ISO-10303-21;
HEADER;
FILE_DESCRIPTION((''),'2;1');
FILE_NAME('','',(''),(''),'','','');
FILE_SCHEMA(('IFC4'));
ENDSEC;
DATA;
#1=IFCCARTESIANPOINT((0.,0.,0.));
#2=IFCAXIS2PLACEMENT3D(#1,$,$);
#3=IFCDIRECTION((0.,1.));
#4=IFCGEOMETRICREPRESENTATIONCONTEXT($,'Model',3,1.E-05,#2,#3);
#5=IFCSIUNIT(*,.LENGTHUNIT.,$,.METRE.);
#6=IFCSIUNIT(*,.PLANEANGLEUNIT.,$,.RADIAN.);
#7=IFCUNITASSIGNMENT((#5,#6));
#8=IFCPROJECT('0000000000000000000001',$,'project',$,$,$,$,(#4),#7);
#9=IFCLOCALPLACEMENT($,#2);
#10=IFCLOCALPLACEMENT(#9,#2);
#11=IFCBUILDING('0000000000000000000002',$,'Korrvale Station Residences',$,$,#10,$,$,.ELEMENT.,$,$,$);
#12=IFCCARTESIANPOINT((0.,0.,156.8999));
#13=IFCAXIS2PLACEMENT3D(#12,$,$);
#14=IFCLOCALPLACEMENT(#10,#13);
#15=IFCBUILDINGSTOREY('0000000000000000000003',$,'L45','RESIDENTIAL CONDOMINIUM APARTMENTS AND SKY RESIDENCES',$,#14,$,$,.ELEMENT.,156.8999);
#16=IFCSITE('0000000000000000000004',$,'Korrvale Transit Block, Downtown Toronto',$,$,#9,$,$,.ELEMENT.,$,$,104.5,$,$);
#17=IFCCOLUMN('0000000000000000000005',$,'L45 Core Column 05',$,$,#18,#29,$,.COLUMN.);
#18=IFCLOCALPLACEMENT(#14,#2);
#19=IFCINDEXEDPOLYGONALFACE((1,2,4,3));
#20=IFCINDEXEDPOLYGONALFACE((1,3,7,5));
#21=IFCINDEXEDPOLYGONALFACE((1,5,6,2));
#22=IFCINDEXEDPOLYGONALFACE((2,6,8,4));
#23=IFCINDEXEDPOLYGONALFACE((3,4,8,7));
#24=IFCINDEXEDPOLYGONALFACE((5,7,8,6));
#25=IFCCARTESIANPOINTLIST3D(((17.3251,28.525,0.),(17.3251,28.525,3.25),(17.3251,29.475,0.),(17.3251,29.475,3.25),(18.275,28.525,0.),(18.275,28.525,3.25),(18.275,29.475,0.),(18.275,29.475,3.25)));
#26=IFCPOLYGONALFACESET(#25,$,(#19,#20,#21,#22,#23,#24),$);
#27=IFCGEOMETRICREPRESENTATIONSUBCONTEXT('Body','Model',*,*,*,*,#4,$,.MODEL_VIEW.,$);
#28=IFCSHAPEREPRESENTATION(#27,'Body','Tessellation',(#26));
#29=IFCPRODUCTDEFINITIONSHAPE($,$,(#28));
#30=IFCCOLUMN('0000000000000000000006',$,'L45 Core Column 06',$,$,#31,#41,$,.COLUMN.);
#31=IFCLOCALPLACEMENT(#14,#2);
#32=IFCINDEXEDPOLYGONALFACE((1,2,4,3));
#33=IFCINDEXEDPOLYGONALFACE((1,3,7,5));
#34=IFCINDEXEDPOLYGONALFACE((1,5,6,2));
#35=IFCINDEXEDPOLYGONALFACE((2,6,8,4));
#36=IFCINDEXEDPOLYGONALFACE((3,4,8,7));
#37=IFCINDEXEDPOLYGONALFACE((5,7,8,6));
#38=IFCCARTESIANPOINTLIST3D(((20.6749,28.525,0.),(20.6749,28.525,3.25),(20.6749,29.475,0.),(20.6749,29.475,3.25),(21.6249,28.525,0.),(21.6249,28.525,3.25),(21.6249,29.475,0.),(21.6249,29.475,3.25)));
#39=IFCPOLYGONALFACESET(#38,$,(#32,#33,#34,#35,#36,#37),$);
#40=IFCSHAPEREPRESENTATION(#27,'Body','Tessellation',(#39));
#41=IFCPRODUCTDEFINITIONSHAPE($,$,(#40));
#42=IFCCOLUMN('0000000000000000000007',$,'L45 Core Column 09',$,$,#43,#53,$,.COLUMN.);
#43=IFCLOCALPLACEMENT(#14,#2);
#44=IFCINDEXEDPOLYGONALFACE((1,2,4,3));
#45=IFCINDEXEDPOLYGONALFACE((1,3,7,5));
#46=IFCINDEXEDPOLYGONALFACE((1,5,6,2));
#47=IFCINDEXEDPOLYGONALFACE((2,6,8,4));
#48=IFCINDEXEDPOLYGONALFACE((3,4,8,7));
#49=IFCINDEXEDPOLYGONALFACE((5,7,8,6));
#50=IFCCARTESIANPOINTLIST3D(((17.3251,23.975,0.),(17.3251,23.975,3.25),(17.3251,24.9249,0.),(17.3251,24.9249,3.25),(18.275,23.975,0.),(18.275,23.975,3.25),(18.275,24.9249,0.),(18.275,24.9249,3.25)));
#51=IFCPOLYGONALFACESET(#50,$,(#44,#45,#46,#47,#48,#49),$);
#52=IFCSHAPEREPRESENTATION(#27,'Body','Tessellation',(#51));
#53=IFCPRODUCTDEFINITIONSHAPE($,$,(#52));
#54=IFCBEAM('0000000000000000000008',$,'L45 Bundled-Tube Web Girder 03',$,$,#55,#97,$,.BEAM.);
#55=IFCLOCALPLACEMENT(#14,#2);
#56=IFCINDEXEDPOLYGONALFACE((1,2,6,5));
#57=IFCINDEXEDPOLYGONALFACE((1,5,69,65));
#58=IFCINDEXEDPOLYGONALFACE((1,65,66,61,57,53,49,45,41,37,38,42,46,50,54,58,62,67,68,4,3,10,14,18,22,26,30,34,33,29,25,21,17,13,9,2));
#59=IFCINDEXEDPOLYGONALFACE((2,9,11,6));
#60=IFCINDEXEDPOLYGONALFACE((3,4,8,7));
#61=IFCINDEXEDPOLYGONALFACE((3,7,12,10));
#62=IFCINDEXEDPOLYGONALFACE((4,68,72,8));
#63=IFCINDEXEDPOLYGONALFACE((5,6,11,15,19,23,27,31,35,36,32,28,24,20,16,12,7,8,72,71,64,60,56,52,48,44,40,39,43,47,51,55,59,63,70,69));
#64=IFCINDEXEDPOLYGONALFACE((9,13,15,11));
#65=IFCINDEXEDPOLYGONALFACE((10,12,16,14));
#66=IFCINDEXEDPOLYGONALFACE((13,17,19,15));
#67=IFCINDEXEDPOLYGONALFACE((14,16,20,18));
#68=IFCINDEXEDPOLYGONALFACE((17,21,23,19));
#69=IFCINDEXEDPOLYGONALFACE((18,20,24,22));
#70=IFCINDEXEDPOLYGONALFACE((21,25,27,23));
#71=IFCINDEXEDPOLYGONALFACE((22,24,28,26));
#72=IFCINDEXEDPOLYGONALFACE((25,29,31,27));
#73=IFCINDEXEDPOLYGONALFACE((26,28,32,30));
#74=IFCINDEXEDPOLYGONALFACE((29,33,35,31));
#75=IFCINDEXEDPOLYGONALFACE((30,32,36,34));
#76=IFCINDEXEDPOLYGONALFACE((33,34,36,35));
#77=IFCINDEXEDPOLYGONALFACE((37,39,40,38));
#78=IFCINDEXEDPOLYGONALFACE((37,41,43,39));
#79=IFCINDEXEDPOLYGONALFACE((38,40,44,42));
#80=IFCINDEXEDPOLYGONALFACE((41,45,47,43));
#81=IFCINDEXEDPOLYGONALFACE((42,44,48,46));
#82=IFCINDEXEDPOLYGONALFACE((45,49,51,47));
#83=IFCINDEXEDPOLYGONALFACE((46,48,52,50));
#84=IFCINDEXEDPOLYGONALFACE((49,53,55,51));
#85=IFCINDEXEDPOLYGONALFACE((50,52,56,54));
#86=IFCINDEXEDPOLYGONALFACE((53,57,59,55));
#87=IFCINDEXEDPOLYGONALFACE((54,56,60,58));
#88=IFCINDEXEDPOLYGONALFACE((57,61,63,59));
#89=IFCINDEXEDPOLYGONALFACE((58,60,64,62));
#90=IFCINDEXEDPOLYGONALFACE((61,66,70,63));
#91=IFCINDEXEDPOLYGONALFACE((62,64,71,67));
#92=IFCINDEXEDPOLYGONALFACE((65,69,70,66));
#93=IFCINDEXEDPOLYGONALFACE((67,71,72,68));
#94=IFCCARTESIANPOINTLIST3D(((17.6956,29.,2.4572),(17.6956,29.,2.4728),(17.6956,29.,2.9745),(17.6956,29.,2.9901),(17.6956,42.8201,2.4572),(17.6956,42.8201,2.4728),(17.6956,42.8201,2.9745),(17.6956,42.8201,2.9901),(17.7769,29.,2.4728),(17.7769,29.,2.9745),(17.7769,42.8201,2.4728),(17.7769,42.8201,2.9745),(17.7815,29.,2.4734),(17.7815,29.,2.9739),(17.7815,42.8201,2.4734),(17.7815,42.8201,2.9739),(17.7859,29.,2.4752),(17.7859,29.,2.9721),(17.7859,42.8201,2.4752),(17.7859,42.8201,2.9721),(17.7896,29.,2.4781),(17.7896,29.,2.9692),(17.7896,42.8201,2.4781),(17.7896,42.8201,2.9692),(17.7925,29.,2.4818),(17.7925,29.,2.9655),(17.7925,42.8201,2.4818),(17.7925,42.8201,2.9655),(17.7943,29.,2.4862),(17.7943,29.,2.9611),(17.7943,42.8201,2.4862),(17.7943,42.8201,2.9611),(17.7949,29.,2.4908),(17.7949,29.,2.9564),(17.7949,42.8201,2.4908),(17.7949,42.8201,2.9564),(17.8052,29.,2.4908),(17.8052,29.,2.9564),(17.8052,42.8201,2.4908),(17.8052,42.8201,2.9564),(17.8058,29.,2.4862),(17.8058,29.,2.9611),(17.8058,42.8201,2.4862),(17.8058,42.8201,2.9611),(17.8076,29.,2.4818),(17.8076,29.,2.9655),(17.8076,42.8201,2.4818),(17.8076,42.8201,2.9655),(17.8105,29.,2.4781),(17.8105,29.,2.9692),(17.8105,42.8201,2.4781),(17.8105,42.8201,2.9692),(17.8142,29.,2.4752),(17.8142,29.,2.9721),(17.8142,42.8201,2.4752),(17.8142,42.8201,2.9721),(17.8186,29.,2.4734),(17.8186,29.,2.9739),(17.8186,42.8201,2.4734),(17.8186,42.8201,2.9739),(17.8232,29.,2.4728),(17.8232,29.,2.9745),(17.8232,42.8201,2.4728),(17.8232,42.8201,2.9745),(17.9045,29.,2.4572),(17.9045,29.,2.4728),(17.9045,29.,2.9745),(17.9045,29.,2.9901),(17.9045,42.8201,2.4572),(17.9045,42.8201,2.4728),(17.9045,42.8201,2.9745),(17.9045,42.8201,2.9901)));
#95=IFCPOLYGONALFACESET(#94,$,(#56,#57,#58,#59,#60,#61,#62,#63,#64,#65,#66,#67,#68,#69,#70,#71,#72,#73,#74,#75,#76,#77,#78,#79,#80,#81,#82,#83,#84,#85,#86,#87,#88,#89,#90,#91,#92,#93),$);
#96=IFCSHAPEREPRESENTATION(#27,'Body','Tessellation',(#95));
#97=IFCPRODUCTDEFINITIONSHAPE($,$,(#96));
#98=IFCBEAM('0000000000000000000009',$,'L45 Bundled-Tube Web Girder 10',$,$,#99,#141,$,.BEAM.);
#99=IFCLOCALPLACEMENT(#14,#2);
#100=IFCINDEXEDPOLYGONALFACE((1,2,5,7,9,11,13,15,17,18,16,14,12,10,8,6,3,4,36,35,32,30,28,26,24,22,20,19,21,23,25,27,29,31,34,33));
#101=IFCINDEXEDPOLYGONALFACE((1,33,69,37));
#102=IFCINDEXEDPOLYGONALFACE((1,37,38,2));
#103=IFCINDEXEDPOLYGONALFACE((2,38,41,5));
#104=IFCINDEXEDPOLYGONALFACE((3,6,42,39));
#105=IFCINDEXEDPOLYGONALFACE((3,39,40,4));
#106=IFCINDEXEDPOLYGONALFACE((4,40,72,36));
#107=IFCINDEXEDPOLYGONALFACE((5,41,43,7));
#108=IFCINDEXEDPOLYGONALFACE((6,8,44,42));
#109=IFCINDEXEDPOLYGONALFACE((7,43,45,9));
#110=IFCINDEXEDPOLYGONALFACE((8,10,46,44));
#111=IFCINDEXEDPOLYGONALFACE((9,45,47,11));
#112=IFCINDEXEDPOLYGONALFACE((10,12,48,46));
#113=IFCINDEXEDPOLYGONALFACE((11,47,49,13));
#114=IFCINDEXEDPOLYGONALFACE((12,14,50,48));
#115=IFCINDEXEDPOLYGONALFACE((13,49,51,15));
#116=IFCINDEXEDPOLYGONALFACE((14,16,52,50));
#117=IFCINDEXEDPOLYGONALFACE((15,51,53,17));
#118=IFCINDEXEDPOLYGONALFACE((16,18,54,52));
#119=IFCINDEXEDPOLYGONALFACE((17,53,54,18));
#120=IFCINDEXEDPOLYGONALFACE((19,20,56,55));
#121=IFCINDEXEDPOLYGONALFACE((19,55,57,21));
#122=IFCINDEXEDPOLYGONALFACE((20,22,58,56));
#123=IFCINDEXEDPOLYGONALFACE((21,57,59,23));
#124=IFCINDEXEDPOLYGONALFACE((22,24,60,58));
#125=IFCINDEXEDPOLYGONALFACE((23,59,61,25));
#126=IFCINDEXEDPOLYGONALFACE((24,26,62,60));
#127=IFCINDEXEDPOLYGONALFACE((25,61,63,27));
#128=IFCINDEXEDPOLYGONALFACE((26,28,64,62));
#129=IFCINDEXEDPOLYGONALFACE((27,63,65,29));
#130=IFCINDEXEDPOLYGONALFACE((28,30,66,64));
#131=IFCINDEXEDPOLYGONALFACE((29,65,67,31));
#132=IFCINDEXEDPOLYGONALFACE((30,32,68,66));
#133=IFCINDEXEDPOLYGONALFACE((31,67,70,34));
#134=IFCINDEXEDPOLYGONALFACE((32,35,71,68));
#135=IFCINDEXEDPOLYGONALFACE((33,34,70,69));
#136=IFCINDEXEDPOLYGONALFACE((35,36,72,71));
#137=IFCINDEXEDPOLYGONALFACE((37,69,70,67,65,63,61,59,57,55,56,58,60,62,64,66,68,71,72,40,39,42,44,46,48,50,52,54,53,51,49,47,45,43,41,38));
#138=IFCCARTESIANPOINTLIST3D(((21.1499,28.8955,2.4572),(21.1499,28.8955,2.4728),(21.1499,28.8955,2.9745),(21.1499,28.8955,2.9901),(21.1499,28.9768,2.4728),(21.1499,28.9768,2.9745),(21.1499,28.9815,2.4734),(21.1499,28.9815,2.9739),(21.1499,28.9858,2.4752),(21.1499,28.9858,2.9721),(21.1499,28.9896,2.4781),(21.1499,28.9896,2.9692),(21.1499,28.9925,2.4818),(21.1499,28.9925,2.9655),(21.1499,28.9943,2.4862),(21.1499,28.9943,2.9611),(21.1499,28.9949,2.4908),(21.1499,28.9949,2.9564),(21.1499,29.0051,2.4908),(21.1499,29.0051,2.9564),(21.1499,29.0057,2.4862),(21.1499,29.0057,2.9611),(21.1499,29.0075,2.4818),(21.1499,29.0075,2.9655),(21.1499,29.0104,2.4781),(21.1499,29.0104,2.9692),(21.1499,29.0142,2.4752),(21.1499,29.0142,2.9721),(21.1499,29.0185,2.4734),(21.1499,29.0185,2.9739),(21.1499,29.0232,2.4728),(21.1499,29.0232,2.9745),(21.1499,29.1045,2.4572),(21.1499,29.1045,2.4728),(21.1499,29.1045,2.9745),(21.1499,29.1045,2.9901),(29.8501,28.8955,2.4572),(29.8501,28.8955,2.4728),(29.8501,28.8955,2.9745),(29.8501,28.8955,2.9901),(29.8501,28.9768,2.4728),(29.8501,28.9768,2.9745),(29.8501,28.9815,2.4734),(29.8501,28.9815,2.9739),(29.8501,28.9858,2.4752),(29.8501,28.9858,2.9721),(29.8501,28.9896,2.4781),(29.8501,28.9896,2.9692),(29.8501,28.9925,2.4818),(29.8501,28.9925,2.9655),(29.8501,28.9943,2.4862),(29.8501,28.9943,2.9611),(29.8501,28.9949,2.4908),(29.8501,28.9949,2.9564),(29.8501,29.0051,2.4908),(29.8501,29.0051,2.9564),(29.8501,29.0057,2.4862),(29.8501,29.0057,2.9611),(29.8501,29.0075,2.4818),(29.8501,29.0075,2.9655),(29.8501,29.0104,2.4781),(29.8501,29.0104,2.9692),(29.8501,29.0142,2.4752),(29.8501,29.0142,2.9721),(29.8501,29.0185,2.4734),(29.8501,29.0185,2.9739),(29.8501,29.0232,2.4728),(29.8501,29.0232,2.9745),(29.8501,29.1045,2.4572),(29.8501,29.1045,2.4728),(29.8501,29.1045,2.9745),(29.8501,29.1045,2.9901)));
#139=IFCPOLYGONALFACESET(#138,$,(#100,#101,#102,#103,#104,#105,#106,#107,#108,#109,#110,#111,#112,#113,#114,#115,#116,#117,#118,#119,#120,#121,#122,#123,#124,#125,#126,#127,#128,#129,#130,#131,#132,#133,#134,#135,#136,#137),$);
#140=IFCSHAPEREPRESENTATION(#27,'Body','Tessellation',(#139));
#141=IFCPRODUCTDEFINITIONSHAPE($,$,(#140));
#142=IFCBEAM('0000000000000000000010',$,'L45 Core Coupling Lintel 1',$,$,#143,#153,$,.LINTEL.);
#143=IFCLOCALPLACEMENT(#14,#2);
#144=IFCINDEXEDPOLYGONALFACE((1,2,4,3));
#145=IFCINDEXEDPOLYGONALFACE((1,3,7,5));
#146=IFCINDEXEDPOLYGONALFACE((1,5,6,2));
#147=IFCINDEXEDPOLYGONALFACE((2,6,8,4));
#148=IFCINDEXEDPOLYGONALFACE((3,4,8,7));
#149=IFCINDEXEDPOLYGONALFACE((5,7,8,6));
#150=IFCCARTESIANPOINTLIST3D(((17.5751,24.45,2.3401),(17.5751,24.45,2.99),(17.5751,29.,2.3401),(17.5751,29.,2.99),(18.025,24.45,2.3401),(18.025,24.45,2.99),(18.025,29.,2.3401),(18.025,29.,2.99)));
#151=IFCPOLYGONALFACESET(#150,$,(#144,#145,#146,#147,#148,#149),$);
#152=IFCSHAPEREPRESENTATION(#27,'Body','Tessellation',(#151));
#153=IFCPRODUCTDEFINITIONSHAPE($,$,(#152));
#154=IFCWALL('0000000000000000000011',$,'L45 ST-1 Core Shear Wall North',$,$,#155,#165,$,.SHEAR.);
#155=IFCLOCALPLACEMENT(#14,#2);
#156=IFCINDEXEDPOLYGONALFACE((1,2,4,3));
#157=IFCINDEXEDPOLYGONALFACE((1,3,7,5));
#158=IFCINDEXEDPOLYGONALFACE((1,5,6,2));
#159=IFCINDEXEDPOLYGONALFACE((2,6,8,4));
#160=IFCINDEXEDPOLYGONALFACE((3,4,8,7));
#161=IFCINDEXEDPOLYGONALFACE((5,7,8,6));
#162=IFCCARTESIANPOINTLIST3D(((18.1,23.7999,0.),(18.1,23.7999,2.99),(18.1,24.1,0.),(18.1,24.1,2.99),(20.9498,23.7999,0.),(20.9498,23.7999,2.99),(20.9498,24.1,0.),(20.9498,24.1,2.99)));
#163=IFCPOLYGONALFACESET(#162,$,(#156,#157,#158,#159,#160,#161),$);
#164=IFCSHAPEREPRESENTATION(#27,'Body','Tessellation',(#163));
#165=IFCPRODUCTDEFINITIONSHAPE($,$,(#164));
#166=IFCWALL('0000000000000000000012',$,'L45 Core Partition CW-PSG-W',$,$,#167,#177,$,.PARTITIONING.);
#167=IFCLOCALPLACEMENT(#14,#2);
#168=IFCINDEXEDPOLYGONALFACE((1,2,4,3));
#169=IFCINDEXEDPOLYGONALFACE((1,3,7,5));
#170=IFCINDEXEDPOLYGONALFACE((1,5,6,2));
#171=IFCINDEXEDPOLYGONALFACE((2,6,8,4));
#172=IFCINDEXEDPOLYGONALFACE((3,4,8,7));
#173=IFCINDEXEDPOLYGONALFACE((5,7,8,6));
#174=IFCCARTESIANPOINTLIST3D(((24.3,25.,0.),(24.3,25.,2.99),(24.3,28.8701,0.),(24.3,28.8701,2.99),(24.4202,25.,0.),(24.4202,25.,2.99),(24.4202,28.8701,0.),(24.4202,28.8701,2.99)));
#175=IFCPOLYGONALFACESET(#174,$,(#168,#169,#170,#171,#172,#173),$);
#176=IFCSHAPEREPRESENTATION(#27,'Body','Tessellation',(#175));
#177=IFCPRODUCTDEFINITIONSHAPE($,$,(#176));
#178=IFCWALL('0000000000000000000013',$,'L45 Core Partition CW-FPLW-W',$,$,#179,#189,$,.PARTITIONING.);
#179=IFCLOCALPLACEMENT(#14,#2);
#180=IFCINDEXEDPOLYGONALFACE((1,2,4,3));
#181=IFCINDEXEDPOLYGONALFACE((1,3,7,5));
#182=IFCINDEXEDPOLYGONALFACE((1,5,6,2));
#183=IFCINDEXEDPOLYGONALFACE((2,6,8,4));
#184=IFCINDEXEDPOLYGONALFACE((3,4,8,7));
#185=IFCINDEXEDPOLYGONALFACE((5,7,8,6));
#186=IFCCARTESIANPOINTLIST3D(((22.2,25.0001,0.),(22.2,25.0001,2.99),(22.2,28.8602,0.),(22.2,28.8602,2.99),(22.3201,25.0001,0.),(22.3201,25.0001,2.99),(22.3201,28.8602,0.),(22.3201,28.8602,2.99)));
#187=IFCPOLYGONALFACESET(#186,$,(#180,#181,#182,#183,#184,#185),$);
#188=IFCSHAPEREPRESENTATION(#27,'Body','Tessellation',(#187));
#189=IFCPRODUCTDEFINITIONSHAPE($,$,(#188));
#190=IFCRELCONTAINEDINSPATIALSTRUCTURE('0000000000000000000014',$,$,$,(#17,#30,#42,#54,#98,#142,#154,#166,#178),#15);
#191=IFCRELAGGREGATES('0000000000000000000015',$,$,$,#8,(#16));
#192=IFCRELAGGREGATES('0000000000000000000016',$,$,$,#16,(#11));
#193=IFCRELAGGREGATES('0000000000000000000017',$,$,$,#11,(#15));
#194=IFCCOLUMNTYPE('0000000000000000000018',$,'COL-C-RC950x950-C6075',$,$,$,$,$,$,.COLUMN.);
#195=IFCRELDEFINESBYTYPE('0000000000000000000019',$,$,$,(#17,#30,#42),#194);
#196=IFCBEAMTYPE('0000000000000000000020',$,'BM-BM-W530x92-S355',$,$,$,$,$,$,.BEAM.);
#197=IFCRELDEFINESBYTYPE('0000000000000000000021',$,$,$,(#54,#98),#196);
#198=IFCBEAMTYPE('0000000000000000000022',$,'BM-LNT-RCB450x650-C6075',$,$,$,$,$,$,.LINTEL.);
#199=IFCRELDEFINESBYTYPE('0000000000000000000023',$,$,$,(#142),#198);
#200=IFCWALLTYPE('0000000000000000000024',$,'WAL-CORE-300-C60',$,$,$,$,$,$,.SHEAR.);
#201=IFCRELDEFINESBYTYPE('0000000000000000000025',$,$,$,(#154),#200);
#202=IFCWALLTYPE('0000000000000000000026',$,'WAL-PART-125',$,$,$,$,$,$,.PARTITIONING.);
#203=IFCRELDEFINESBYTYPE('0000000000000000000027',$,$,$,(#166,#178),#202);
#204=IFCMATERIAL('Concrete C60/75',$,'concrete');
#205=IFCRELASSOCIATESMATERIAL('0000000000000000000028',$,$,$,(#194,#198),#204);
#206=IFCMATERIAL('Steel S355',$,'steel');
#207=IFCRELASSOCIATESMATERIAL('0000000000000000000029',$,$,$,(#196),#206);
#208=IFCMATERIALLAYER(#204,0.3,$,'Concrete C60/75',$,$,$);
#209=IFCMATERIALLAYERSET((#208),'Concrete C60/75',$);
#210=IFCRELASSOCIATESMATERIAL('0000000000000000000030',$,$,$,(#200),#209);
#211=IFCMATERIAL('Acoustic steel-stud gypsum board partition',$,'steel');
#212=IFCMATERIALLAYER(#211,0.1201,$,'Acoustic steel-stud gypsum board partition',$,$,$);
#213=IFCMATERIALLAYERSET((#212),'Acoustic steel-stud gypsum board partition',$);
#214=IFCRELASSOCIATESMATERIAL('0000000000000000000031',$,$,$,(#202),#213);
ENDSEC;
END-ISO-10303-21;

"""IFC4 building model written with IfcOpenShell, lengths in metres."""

from ifc_helpers import new_model, si_unit, direction, frame, frame_2d, origin, origin_2d, place, context, subcontext, project, spatial, rectangle, i_section, extrude, material, layer, layer_set, material_profile, profile_set, type_object, element, save


model = new_model("IFC4")

# Units and contexts
model_context = context("Model", 3, precision=1e-05, world=origin(), true_north=direction((0.0, 1.0)))
body_context = subcontext(model_context, "Body", "Model", "MODEL_VIEW")
ifc_project = project(units=[si_unit("LENGTHUNIT", "METRE"), si_unit("PLANEANGLEUNIT", "RADIAN")], contexts=[model_context])

# Site, building, storey
site_placement = place(None, origin())
site = spatial("IfcSite", under=ifc_project, at=site_placement, Name="Korrvale Transit Block, Downtown Toronto", CompositionType="ELEMENT", RefElevation=104.5)
building_placement = place(site_placement, origin())
building = spatial("IfcBuilding", under=site, at=building_placement, Name="Korrvale Station Residences", CompositionType="ELEMENT")
storey_placement = place(building_placement, frame((0.0, 0.0, 156.8999)))
storey = spatial("IfcBuildingStorey", under=building, at=storey_placement, Name="L45", Description="RESIDENTIAL CONDOMINIUM APARTMENTS AND SKY RESIDENCES", CompositionType="ELEMENT", Elevation=156.8999)

# Columns
ifc_material_1 = material(Name="Concrete C60/75", Category="concrete")
ifc_material_profile_1 = material_profile(ifc_material_1, rectangle(XDim=0.95, YDim=0.95, at=origin_2d()), Name="RC950x950")
ifc_profile_set_1 = profile_set([ifc_material_profile_1], Name="Concrete C60/75")
column_type = type_object("IfcColumnType", Name="COL-C-RC950x950-C6075", PredefinedType="COLUMN", material=ifc_profile_set_1)
for number, where, z_axis, x_axis, name in (
    (1, (17.8, 29.0, 0.0), (0.0, 0.0, 1.0), (1.0, 0.0, 0.0), "L45 Core Column 05"),
    (2, (21.1499, 29.0, 0.0), (0.0, 0.0, 1.0), (1.0, 0.0, 0.0), "L45 Core Column 06"),
    (3, (17.8, 24.45, 0.0), (0.0, 0.0, 1.0), (1.0, 0.0, 0.0), "L45 Core Column 09"),
):
    element("IfcColumn", number, at=place(storey_placement, frame(where, z_axis=z_axis, x_axis=x_axis)), inside=storey, type_object=column_type, Name=name, PredefinedType="COLUMN", context=body_context, shape_type="SweptSolid", body=[
        extrude(rectangle(XDim=0.95, YDim=0.95, at=origin_2d()), origin(), (0.0, 0.0, 1.0), 3.25),
    ])

# Beams
ifc_material_2 = material(Name="Steel S355", Category="steel")
ifc_material_profile_2 = material_profile(ifc_material_2, i_section(OverallWidth=0.209, OverallDepth=0.533, WebThickness=0.0103, FlangeThickness=0.0156, FilletRadius=0.0181, at=origin_2d()), Name="W530x92")
ifc_profile_set_2 = profile_set([ifc_material_profile_2], Name="Steel S355")
beam_type_1 = type_object("IfcBeamType", Name="BM-BM-W530x92-S355", PredefinedType="BEAM", material=ifc_profile_set_2)
beam_1_placement = place(storey_placement, frame((17.8, 29.0, 2.7236), z_axis=(0.0, 1.0, 0.0), x_axis=(-1.0, 0.0, 0.0)))
element("IfcBeam", 4, at=beam_1_placement, inside=storey, type_object=beam_type_1, Name="L45 Bundled-Tube Web Girder 03", PredefinedType="BEAM", context=body_context, shape_type="SweptSolid", body=[
    extrude(i_section(OverallWidth=0.209, OverallDepth=0.533, WebThickness=0.0103, FlangeThickness=0.0156, FilletRadius=0.0181, at=origin_2d()), origin(), (0.0, 0.0, 1.0), 13.8201),
])
beam_2_placement = place(storey_placement, frame((21.1499, 29.0, 2.7236), z_axis=(1.0, 0.0, 0.0), x_axis=(0.0, 1.0, 0.0)))
element("IfcBeam", 5, at=beam_2_placement, inside=storey, type_object=beam_type_1, Name="L45 Bundled-Tube Web Girder 10", PredefinedType="BEAM", context=body_context, shape_type="SweptSolid", body=[
    extrude(i_section(OverallWidth=0.209, OverallDepth=0.533, WebThickness=0.0103, FlangeThickness=0.0156, FilletRadius=0.0181, at=origin_2d()), origin(), (0.0, 0.0, 1.0), 8.7002),
])
ifc_material_profile_3 = material_profile(ifc_material_1, rectangle(XDim=0.45, YDim=0.6499, at=origin_2d()), Name="RCB450x650")
ifc_profile_set_3 = profile_set([ifc_material_profile_3], Name="Concrete C60/75")
beam_type_2 = type_object("IfcBeamType", Name="BM-LNT-RCB450x650-C6075", PredefinedType="LINTEL", material=ifc_profile_set_3)
beam_3_placement = place(storey_placement, frame((17.8, 24.45, 2.665), z_axis=(0.0, 1.0, 0.0), x_axis=(-1.0, 0.0, 0.0)))
element("IfcBeam", 6, at=beam_3_placement, inside=storey, type_object=beam_type_2, Name="L45 Core Coupling Lintel 1", PredefinedType="LINTEL", context=body_context, shape_type="SweptSolid", body=[
    extrude(rectangle(XDim=0.45, YDim=0.6499, at=origin_2d()), origin(), (0.0, 0.0, 1.0), 4.55),
])

# Walls
ifc_layer_1 = layer(ifc_material_1, 0.3, Name="Concrete C60/75")
ifc_layer_set_1 = layer_set([ifc_layer_1], Name="Concrete C60/75")
wall_type_1 = type_object("IfcWallType", Name="WAL-CORE-300-C60", PredefinedType="SHEAR", material=ifc_layer_set_1)
wall_1_placement = place(storey_placement, frame((18.1001, 23.95, 0.0), z_axis=(0.0, 0.0, 1.0), x_axis=(1.0, 0.0, 0.0)))
element("IfcWall", 7, at=wall_1_placement, inside=storey, type_object=wall_type_1, Name="L45 ST-1 Core Shear Wall North", PredefinedType="SHEAR", context=body_context, shape_type="SweptSolid", body=[
    extrude(rectangle(XDim=2.8499, YDim=0.3, at=frame_2d((1.4248, 0.0))), origin(), (0.0, 0.0, 1.0), 2.99),
])
ifc_material_3 = material(Name="Acoustic steel-stud gypsum board partition", Category="steel")
ifc_layer_2 = layer(ifc_material_3, 0.1201, Name="Acoustic steel-stud gypsum board partition")
ifc_layer_set_2 = layer_set([ifc_layer_2], Name="Acoustic steel-stud gypsum board partition")
wall_type_2 = type_object("IfcWallType", Name="WAL-PART-125", PredefinedType="PARTITIONING", material=ifc_layer_set_2)
wall_2_placement = place(storey_placement, frame((24.3601, 25.0, 0.0), z_axis=(0.0, 0.0, 1.0), x_axis=(0.0, 1.0, 0.0)))
element("IfcWall", 8, at=wall_2_placement, inside=storey, type_object=wall_type_2, Name="L45 Core Partition CW-PSG-W", PredefinedType="PARTITIONING", context=body_context, shape_type="SweptSolid", body=[
    extrude(rectangle(XDim=3.8701, YDim=0.1201, at=frame_2d((1.9351, 0.0))), origin(), (0.0, 0.0, 1.0), 2.99),
])
wall_3_placement = place(storey_placement, frame((22.26, 25.0, 0.0), z_axis=(0.0, 0.0, 1.0), x_axis=(0.0, 1.0, 0.0)))
element("IfcWall", 9, at=wall_3_placement, inside=storey, type_object=wall_type_2, Name="L45 Core Partition CW-FPLW-W", PredefinedType="PARTITIONING", context=body_context, shape_type="SweptSolid", body=[
    extrude(rectangle(XDim=3.8601, YDim=0.1201, at=frame_2d((1.9302, 0.0))), origin(), (0.0, 0.0, 1.0), 2.99),
])

save(model, "model.ifc")
